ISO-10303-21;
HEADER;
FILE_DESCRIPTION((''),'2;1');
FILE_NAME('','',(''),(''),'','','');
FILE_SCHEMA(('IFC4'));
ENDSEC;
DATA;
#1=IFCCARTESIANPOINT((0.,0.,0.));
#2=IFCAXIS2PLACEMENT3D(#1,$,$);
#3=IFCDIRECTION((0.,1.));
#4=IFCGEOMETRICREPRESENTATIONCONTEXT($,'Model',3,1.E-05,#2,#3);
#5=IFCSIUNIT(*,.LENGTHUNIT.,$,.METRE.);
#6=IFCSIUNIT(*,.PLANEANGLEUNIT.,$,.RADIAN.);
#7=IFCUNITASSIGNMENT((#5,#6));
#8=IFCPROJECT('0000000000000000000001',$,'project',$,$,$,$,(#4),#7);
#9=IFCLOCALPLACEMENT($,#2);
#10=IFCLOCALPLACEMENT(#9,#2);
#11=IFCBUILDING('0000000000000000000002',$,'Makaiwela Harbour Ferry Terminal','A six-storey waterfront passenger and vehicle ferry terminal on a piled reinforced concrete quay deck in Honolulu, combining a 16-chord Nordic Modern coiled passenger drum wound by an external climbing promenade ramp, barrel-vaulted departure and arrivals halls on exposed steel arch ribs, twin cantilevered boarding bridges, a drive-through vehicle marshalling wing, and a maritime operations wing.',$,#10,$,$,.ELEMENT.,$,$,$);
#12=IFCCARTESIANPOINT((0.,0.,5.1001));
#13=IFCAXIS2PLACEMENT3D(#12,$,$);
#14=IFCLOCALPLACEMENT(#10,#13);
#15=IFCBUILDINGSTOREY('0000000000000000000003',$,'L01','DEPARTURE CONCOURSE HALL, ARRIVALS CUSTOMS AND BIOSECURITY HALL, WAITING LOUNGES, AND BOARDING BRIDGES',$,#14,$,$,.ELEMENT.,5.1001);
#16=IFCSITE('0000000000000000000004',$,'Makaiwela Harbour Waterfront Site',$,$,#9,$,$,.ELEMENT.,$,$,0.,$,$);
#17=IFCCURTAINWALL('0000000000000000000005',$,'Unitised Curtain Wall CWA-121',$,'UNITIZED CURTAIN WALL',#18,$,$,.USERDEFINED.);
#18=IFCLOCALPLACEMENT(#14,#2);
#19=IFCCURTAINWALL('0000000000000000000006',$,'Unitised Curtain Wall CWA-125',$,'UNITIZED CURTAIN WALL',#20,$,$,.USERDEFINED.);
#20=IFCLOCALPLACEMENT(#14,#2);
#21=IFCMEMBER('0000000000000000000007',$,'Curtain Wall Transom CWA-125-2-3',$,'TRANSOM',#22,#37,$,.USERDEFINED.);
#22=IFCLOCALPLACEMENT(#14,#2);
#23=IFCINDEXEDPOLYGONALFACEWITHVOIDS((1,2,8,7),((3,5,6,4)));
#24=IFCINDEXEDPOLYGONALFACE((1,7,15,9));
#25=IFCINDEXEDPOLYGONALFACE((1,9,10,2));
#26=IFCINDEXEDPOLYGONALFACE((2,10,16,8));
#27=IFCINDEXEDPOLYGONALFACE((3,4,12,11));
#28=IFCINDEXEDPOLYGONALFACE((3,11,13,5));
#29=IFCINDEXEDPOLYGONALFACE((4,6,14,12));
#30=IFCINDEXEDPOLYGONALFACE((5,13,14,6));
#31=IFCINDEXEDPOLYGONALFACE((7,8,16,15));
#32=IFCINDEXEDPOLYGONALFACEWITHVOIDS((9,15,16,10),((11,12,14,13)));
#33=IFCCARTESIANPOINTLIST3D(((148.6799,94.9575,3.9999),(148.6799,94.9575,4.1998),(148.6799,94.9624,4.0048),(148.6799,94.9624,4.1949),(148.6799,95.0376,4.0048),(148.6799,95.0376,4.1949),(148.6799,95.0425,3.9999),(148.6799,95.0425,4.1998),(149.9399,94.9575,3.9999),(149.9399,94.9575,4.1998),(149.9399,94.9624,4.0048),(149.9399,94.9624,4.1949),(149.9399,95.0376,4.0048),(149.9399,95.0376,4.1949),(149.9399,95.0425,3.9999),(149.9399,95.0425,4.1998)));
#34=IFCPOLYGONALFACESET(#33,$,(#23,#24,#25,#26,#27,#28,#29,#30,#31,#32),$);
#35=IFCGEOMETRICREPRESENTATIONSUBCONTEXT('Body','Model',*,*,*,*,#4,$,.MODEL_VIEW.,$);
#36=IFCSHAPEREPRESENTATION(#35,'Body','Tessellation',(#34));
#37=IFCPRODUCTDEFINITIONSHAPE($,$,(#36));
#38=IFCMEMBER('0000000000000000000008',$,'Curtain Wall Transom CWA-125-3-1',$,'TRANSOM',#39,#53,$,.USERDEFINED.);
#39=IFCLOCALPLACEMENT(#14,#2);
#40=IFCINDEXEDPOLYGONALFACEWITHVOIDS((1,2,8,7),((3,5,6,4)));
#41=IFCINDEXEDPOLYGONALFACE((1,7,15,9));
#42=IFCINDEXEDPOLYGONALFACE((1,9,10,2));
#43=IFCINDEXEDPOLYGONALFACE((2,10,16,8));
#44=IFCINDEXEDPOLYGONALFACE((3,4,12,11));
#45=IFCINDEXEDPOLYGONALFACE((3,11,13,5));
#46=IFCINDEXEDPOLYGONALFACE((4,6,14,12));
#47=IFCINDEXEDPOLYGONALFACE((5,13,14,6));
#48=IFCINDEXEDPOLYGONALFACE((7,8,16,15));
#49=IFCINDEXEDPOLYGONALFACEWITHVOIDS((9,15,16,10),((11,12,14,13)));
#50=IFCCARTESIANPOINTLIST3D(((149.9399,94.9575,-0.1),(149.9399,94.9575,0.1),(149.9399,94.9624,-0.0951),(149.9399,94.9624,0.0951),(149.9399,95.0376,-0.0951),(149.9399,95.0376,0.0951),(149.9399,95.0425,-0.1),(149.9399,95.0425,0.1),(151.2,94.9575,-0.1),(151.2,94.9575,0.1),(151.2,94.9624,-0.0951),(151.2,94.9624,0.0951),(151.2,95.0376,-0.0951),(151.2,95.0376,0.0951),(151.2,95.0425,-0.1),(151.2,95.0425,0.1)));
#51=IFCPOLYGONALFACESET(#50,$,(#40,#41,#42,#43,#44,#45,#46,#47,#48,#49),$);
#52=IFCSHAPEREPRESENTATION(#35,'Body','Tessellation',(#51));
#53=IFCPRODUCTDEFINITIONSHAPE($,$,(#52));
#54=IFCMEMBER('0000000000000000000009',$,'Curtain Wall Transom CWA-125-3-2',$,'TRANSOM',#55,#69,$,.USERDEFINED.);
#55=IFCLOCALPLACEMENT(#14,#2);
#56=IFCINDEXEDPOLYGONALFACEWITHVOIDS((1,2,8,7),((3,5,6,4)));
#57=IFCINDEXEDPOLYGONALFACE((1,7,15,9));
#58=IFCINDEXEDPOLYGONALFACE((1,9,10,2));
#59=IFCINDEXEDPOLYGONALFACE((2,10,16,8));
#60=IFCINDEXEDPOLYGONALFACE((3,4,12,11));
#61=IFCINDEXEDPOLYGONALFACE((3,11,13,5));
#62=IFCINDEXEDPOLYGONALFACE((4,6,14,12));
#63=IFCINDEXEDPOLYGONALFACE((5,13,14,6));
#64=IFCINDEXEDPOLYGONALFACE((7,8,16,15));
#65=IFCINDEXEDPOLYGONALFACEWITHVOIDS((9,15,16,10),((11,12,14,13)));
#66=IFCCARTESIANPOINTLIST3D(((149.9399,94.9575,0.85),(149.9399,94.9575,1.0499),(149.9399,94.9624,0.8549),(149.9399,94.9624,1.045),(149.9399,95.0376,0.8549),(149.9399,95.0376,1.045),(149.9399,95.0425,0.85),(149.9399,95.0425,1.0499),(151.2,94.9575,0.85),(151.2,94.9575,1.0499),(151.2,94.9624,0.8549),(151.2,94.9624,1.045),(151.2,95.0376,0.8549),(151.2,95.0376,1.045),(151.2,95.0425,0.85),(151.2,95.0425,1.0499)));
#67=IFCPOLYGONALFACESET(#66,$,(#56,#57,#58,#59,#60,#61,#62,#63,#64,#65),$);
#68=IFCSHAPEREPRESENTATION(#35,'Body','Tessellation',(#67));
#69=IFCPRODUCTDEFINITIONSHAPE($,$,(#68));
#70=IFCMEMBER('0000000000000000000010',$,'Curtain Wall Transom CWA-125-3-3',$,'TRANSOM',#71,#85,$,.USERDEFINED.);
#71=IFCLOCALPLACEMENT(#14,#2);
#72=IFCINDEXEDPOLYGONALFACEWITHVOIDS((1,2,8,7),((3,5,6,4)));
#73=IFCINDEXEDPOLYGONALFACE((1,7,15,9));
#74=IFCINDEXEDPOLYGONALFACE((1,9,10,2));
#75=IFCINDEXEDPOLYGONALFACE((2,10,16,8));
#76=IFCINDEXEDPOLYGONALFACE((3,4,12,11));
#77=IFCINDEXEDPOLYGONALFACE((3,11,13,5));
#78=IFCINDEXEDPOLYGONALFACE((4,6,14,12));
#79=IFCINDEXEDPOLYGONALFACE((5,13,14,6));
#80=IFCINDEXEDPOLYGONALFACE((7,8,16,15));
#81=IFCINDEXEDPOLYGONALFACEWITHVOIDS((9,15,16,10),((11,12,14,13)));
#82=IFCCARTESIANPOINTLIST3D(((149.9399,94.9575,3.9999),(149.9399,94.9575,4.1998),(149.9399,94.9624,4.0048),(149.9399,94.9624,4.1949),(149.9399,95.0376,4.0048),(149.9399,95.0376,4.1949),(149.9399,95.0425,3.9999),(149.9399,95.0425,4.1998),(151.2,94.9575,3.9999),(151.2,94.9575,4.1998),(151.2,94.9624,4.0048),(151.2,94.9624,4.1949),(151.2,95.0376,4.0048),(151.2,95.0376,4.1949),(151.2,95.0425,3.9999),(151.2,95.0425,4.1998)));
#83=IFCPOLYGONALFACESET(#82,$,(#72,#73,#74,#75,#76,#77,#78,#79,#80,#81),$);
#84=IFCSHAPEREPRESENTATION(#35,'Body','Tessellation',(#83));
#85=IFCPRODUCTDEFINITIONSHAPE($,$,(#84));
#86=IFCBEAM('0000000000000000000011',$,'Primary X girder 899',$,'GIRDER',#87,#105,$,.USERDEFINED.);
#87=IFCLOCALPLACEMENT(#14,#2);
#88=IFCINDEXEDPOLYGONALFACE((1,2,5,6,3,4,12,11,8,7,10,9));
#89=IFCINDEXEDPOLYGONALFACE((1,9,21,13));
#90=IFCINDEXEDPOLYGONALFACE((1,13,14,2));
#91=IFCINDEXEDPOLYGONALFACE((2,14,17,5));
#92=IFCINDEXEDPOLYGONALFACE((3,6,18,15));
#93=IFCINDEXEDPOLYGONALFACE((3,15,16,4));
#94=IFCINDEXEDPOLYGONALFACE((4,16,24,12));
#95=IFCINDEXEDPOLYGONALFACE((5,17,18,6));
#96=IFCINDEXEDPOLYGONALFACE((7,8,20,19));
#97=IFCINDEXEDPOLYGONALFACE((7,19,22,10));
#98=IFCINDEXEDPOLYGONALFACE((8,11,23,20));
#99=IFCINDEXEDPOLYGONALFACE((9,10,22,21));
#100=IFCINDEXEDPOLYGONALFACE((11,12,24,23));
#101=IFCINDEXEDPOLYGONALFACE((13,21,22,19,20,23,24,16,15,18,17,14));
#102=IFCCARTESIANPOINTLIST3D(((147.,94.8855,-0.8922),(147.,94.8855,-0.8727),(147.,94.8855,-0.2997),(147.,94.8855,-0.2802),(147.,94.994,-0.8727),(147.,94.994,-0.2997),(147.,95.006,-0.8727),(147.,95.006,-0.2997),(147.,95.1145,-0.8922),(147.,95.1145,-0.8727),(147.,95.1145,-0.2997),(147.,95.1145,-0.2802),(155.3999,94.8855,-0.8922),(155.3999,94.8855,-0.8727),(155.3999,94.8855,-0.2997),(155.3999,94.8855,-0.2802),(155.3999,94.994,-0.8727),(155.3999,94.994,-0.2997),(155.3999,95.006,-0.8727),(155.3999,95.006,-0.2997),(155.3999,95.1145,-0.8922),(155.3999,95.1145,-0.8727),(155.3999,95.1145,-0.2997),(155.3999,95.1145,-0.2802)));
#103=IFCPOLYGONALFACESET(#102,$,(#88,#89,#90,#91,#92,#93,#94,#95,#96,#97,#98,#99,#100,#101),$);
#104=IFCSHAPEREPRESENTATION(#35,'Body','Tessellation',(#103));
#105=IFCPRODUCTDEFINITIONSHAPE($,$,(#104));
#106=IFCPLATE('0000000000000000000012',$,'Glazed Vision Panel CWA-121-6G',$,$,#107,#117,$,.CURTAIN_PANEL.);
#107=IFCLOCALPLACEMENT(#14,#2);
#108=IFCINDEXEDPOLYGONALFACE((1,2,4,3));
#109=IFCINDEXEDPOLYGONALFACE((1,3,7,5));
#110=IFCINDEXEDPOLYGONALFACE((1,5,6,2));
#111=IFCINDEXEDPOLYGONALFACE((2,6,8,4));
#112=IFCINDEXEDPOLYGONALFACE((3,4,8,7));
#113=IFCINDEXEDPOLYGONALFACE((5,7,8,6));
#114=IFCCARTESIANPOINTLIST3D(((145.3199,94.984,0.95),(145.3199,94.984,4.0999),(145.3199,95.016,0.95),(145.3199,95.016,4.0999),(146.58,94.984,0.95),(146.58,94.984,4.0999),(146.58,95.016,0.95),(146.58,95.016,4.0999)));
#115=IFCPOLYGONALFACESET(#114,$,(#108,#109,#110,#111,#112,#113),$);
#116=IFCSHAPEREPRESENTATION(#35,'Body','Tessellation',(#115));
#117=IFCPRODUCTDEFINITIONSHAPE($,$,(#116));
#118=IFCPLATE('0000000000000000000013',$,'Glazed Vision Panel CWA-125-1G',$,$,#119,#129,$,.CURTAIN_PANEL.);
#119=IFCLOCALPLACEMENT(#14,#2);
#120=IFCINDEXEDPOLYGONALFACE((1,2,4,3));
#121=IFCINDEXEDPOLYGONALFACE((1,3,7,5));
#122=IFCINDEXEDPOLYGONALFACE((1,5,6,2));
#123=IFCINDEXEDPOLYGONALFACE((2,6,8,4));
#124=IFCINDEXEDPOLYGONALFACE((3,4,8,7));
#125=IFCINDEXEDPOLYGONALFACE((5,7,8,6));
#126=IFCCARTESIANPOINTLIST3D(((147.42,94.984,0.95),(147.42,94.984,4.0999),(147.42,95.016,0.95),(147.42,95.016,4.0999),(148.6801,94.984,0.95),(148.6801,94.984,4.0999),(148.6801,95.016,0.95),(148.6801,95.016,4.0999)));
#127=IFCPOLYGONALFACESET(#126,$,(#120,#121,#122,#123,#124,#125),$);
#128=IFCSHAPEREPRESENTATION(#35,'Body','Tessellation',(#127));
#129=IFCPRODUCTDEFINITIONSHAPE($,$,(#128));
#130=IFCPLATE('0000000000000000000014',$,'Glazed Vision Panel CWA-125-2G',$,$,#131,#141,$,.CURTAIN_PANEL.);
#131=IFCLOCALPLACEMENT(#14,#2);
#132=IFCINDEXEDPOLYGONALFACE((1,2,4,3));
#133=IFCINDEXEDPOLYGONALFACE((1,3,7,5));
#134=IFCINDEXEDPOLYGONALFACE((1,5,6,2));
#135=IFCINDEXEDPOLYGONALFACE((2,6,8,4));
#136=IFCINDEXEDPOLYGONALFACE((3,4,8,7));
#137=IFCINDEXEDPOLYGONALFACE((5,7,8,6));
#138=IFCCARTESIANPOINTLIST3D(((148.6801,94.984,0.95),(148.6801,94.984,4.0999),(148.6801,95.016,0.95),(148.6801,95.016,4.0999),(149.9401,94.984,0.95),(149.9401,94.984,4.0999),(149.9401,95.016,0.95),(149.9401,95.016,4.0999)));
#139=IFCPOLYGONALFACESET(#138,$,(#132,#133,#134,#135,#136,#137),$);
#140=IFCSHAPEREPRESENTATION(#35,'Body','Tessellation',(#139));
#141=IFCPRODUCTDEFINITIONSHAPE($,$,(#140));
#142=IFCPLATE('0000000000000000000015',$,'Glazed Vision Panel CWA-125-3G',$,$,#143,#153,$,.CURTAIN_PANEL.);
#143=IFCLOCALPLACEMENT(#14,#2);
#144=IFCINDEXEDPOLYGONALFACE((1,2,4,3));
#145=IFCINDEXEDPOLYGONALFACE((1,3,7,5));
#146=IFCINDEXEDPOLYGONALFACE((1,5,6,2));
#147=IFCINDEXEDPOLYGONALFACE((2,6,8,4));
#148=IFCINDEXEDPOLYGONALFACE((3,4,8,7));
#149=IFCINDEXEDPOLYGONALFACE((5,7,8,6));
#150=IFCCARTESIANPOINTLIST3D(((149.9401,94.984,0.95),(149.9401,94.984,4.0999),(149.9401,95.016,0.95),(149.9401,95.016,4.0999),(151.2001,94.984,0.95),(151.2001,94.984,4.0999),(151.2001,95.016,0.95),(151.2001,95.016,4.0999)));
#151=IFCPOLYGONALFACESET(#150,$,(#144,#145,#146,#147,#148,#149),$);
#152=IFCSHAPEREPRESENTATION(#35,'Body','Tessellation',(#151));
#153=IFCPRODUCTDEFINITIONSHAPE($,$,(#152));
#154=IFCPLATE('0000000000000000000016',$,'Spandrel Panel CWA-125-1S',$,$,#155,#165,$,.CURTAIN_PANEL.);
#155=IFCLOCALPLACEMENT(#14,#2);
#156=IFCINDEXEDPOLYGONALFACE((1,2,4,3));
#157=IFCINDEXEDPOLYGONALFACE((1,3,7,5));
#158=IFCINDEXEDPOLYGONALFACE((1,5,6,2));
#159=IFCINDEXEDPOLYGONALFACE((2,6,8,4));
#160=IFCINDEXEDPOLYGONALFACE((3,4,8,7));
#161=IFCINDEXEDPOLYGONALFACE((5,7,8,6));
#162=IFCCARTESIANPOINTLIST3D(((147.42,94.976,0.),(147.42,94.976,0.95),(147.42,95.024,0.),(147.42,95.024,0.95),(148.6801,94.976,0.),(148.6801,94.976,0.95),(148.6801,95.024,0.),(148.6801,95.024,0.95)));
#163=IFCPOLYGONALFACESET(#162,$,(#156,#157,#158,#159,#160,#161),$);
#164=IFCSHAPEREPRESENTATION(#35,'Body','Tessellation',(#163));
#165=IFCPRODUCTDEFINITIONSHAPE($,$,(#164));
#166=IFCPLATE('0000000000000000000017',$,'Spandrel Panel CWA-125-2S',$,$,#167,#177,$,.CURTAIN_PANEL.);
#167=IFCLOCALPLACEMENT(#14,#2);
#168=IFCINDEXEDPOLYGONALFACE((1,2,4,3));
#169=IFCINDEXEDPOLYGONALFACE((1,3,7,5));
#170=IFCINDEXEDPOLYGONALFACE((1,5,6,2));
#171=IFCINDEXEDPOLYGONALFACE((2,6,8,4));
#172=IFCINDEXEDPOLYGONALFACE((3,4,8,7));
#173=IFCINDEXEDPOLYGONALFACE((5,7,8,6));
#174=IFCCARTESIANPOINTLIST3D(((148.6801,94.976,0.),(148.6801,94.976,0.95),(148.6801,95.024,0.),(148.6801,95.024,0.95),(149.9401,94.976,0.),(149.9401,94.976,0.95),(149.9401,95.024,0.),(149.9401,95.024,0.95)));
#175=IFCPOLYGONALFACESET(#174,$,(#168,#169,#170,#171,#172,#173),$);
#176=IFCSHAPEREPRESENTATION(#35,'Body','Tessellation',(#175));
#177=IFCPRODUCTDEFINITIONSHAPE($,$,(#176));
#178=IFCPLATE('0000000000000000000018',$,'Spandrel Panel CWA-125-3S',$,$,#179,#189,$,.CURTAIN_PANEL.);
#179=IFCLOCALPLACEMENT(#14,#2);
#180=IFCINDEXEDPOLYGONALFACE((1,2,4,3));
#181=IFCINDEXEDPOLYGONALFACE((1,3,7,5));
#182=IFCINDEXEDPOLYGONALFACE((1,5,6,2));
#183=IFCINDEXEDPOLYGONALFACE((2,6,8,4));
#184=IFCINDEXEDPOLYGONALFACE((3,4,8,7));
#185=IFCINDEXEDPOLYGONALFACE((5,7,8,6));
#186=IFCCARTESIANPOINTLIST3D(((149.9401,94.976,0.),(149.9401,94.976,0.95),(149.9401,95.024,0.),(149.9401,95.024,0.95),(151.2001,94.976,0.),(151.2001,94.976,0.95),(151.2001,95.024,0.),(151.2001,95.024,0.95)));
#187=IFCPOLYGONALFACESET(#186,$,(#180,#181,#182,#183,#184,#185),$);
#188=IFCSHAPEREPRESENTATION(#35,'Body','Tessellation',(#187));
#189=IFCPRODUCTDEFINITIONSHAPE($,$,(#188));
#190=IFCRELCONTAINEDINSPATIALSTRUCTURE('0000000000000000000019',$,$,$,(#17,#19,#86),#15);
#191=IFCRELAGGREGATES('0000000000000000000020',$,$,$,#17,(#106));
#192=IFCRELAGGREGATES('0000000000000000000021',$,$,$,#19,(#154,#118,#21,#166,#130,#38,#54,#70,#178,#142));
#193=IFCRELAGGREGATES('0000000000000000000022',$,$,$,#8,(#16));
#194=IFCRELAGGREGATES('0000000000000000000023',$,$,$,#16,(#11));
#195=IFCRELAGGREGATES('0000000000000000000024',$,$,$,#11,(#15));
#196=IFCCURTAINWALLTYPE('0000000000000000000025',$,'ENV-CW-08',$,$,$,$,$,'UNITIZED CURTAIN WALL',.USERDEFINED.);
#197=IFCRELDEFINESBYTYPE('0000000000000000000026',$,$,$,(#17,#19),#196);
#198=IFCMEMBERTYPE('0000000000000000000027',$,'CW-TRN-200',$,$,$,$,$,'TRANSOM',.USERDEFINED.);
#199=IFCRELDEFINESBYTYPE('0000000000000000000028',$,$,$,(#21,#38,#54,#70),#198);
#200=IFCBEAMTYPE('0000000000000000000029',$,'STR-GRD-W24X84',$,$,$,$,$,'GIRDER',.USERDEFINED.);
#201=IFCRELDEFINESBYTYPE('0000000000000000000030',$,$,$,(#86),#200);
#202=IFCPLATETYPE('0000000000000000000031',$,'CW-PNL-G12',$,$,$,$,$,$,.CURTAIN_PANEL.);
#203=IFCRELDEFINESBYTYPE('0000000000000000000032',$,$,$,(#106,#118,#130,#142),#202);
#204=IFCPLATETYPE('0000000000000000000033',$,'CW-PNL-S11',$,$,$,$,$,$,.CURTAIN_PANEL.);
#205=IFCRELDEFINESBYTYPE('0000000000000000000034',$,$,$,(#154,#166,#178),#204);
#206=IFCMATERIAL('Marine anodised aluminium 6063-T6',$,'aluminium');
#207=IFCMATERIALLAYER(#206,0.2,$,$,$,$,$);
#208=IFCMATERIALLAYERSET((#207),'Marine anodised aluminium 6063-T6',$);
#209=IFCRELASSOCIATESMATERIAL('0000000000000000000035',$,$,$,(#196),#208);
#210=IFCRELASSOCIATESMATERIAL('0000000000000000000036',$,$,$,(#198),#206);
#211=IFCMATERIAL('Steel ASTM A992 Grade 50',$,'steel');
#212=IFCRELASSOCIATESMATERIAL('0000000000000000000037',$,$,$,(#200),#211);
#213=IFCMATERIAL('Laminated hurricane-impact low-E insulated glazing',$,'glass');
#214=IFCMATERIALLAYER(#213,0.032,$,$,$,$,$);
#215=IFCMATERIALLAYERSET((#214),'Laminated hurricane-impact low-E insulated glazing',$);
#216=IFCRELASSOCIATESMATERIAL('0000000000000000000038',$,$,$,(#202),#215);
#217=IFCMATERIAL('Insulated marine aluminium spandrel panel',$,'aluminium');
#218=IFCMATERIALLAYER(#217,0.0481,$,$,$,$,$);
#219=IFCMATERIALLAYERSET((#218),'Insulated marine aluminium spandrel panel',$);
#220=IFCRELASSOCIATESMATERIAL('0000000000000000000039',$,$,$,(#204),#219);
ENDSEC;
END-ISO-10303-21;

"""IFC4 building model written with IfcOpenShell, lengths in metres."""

from ifc_helpers import new_model, si_unit, direction, frame, origin, origin_2d, place, context, subcontext, project, spatial, rectangle, hollow_rectangle, i_section, extrude, material, layer, layer_set, material_profile, profile_set, type_object, element, aggregate, save


model = new_model("IFC4")

# Units and contexts
model_context = context("Model", 3, precision=1e-05, world=origin(), true_north=direction((0.0, 1.0)))
body_context = subcontext(model_context, "Body", "Model", "MODEL_VIEW")
ifc_project = project(units=[si_unit("LENGTHUNIT", "METRE"), si_unit("PLANEANGLEUNIT", "RADIAN")], contexts=[model_context])

# Site, building, storey
site_placement = place(None, origin())
site = spatial("IfcSite", under=ifc_project, at=site_placement, Name="Makaiwela Harbour Waterfront Site", CompositionType="ELEMENT", RefElevation=0.0)
building_placement = place(site_placement, origin())
building = spatial("IfcBuilding", under=site, at=building_placement, Name="Makaiwela Harbour Ferry Terminal", Description="A six-storey waterfront passenger and vehicle ferry terminal on a piled reinforced concrete quay deck in Honolulu, combining a 16-chord Nordic Modern coiled passenger drum wound by an external climbing promenade ramp, barrel-vaulted departure and arrivals halls on exposed steel arch ribs, twin cantilevered boarding bridges, a drive-through vehicle marshalling wing, and a maritime operations wing.", CompositionType="ELEMENT")
storey_placement = place(building_placement, frame((0.0, 0.0, 5.1001)))
storey = spatial("IfcBuildingStorey", under=building, at=storey_placement, Name="L01", Description="DEPARTURE CONCOURSE HALL, ARRIVALS CUSTOMS AND BIOSECURITY HALL, WAITING LOUNGES, AND BOARDING BRIDGES", CompositionType="ELEMENT", Elevation=5.1001)

# Shared definitions
ifc_material_1 = material(Name="Steel ASTM A992 Grade 50", Category="steel")

# Curtain wall
ifc_material_2 = material(Name="Marine anodised aluminium 6063-T6", Category="aluminium")
ifc_layer_1 = layer(ifc_material_2, 0.2)
ifc_layer_set_1 = layer_set([ifc_layer_1], Name="Marine anodised aluminium 6063-T6")
curtain_wall_type = type_object("IfcCurtainWallType", Name="ENV-CW-08", ElementType="UNITIZED CURTAIN WALL", PredefinedType="USERDEFINED", material=ifc_layer_set_1)
curtain_wall_1_placement = place(storey_placement, origin())
curtain_wall_1 = element("IfcCurtainWall", 1, at=curtain_wall_1_placement, inside=storey, type_object=curtain_wall_type, Name="Unitised Curtain Wall CWA-121", ObjectType="UNITIZED CURTAIN WALL", PredefinedType="USERDEFINED")

# Curtain wall, members
curtain_wall_2_placement = place(storey_placement, origin())
curtain_wall_2 = element("IfcCurtainWall", 2, at=curtain_wall_2_placement, inside=storey, type_object=curtain_wall_type, Name="Unitised Curtain Wall CWA-125", ObjectType="UNITIZED CURTAIN WALL", PredefinedType="USERDEFINED")
ifc_material_profile_1 = material_profile(ifc_material_2, hollow_rectangle(XDim=0.085, YDim=0.2, WallThickness=0.0049, at=origin_2d()), Name="CWT-200X85")
ifc_profile_set_1 = profile_set([ifc_material_profile_1], Name="Marine anodised aluminium 6063-T6")
member_type_1 = type_object("IfcMemberType", Name="CW-TRN-200", ElementType="TRANSOM", PredefinedType="USERDEFINED", material=ifc_profile_set_1)
member_1_placement = place(storey_placement, frame((148.6799, 95.0, 4.0999), z_axis=(1.0, 0.0, 0.0), x_axis=(0.0, 1.0, 0.0)))
member_1 = element("IfcMember", 3, at=member_1_placement, type_object=member_type_1, Name="Curtain Wall Transom CWA-125-2-3", ObjectType="TRANSOM", PredefinedType="USERDEFINED", context=body_context, shape_type="SweptSolid", body=[
    extrude(hollow_rectangle(XDim=0.085, YDim=0.2, WallThickness=0.0049, at=origin_2d()), origin(), (0.0, 0.0, 1.0), 1.26),
])
member_2_placement = place(storey_placement, frame((149.9399, 95.0, 0.0), z_axis=(1.0, 0.0, 0.0), x_axis=(0.0, 1.0, 0.0)))
member_2 = element("IfcMember", 4, at=member_2_placement, type_object=member_type_1, Name="Curtain Wall Transom CWA-125-3-1", ObjectType="TRANSOM", PredefinedType="USERDEFINED", context=body_context, shape_type="SweptSolid", body=[
    extrude(hollow_rectangle(XDim=0.085, YDim=0.2, WallThickness=0.0049, at=origin_2d()), origin(), (0.0, 0.0, 1.0), 1.26),
])
member_3_placement = place(storey_placement, frame((149.9399, 95.0, 0.95), z_axis=(1.0, 0.0, 0.0), x_axis=(0.0, 1.0, 0.0)))
member_3 = element("IfcMember", 5, at=member_3_placement, type_object=member_type_1, Name="Curtain Wall Transom CWA-125-3-2", ObjectType="TRANSOM", PredefinedType="USERDEFINED", context=body_context, shape_type="SweptSolid", body=[
    extrude(hollow_rectangle(XDim=0.085, YDim=0.2, WallThickness=0.0049, at=origin_2d()), origin(), (0.0, 0.0, 1.0), 1.26),
])
member_4_placement = place(storey_placement, frame((149.9399, 95.0, 4.0999), z_axis=(1.0, 0.0, 0.0), x_axis=(0.0, 1.0, 0.0)))
member_4 = element("IfcMember", 6, at=member_4_placement, type_object=member_type_1, Name="Curtain Wall Transom CWA-125-3-3", ObjectType="TRANSOM", PredefinedType="USERDEFINED", context=body_context, shape_type="SweptSolid", body=[
    extrude(hollow_rectangle(XDim=0.085, YDim=0.2, WallThickness=0.0049, at=origin_2d()), origin(), (0.0, 0.0, 1.0), 1.26),
])

# Beam
ifc_material_profile_2 = material_profile(ifc_material_1, i_section(OverallWidth=0.229, OverallDepth=0.6121, WebThickness=0.012, FlangeThickness=0.0195, at=origin_2d()), Name="W24X84")
ifc_profile_set_2 = profile_set([ifc_material_profile_2], Name="Steel ASTM A992 Grade 50")
beam_type = type_object("IfcBeamType", Name="STR-GRD-W24X84", ElementType="GIRDER", PredefinedType="USERDEFINED", material=ifc_profile_set_2)
beam_placement = place(storey_placement, frame((147.0, 95.0, -0.5862), z_axis=(1.0, 0.0, 0.0), x_axis=(0.0, 1.0, 0.0)))
element("IfcBeam", 7, at=beam_placement, inside=storey, type_object=beam_type, Name="Primary X girder 899", ObjectType="GIRDER", PredefinedType="USERDEFINED", context=body_context, shape_type="SweptSolid", body=[
    extrude(i_section(OverallWidth=0.229, OverallDepth=0.6121, WebThickness=0.012, FlangeThickness=0.0195, at=origin_2d()), origin(), (0.0, 0.0, 1.0), 8.3999),
])

# Plates
ifc_material_3 = material(Name="Laminated hurricane-impact low-E insulated glazing", Category="glass")
ifc_layer_2 = layer(ifc_material_3, 0.032)
ifc_layer_set_2 = layer_set([ifc_layer_2], Name="Laminated hurricane-impact low-E insulated glazing")
plate_type_1 = type_object("IfcPlateType", Name="CW-PNL-G12", PredefinedType="CURTAIN_PANEL", material=ifc_layer_set_2)
plate_1_placement = place(storey_placement, frame((145.95, 95.0, 0.95), z_axis=(0.0, 0.0, 1.0), x_axis=(1.0, 0.0, 0.0)))
plate_1 = element("IfcPlate", 8, at=plate_1_placement, type_object=plate_type_1, Name="Glazed Vision Panel CWA-121-6G", PredefinedType="CURTAIN_PANEL", context=body_context, shape_type="SweptSolid", body=[
    extrude(rectangle(XDim=1.26, YDim=0.032, at=origin_2d()), origin(), (0.0, 0.0, 1.0), 3.1499),
])
aggregate(curtain_wall_1, [plate_1])
plate_2_placement = place(storey_placement, frame((148.05, 95.0, 0.95), z_axis=(0.0, 0.0, 1.0), x_axis=(1.0, 0.0, 0.0)))
plate_2 = element("IfcPlate", 9, at=plate_2_placement, type_object=plate_type_1, Name="Glazed Vision Panel CWA-125-1G", PredefinedType="CURTAIN_PANEL", context=body_context, shape_type="SweptSolid", body=[
    extrude(rectangle(XDim=1.26, YDim=0.032, at=origin_2d()), origin(), (0.0, 0.0, 1.0), 3.1499),
])
plate_3_placement = place(storey_placement, frame((149.3101, 95.0, 0.95), z_axis=(0.0, 0.0, 1.0), x_axis=(1.0, 0.0, 0.0)))
plate_3 = element("IfcPlate", 10, at=plate_3_placement, type_object=plate_type_1, Name="Glazed Vision Panel CWA-125-2G", PredefinedType="CURTAIN_PANEL", context=body_context, shape_type="SweptSolid", body=[
    extrude(rectangle(XDim=1.26, YDim=0.032, at=origin_2d()), origin(), (0.0, 0.0, 1.0), 3.1499),
])
plate_4_placement = place(storey_placement, frame((150.5701, 95.0, 0.95), z_axis=(0.0, 0.0, 1.0), x_axis=(1.0, 0.0, 0.0)))
plate_4 = element("IfcPlate", 11, at=plate_4_placement, type_object=plate_type_1, Name="Glazed Vision Panel CWA-125-3G", PredefinedType="CURTAIN_PANEL", context=body_context, shape_type="SweptSolid", body=[
    extrude(rectangle(XDim=1.26, YDim=0.032, at=origin_2d()), origin(), (0.0, 0.0, 1.0), 3.1499),
])
ifc_material_4 = material(Name="Insulated marine aluminium spandrel panel", Category="aluminium")
ifc_layer_3 = layer(ifc_material_4, 0.0481)
ifc_layer_set_3 = layer_set([ifc_layer_3], Name="Insulated marine aluminium spandrel panel")
plate_type_2 = type_object("IfcPlateType", Name="CW-PNL-S11", PredefinedType="CURTAIN_PANEL", material=ifc_layer_set_3)
plate_5_placement = place(storey_placement, frame((148.05, 95.0, 0.0), z_axis=(0.0, 0.0, 1.0), x_axis=(1.0, 0.0, 0.0)))
plate_5 = element("IfcPlate", 12, at=plate_5_placement, type_object=plate_type_2, Name="Spandrel Panel CWA-125-1S", PredefinedType="CURTAIN_PANEL", context=body_context, shape_type="SweptSolid", body=[
    extrude(rectangle(XDim=1.26, YDim=0.0481, at=origin_2d()), origin(), (0.0, 0.0, 1.0), 0.95),
])
plate_6_placement = place(storey_placement, frame((149.3101, 95.0, 0.0), z_axis=(0.0, 0.0, 1.0), x_axis=(1.0, 0.0, 0.0)))
plate_6 = element("IfcPlate", 13, at=plate_6_placement, type_object=plate_type_2, Name="Spandrel Panel CWA-125-2S", PredefinedType="CURTAIN_PANEL", context=body_context, shape_type="SweptSolid", body=[
    extrude(rectangle(XDim=1.26, YDim=0.0481, at=origin_2d()), origin(), (0.0, 0.0, 1.0), 0.95),
])
plate_7_placement = place(storey_placement, frame((150.5701, 95.0, 0.0), z_axis=(0.0, 0.0, 1.0), x_axis=(1.0, 0.0, 0.0)))
plate_7 = element("IfcPlate", 14, at=plate_7_placement, type_object=plate_type_2, Name="Spandrel Panel CWA-125-3S", PredefinedType="CURTAIN_PANEL", context=body_context, shape_type="SweptSolid", body=[
    extrude(rectangle(XDim=1.26, YDim=0.0481, at=origin_2d()), origin(), (0.0, 0.0, 1.0), 0.95),
])
aggregate(curtain_wall_2, [plate_5, plate_2, member_1, plate_6, plate_3, member_2, member_3, member_4, plate_7, plate_4])

save(model, "model.ifc")
